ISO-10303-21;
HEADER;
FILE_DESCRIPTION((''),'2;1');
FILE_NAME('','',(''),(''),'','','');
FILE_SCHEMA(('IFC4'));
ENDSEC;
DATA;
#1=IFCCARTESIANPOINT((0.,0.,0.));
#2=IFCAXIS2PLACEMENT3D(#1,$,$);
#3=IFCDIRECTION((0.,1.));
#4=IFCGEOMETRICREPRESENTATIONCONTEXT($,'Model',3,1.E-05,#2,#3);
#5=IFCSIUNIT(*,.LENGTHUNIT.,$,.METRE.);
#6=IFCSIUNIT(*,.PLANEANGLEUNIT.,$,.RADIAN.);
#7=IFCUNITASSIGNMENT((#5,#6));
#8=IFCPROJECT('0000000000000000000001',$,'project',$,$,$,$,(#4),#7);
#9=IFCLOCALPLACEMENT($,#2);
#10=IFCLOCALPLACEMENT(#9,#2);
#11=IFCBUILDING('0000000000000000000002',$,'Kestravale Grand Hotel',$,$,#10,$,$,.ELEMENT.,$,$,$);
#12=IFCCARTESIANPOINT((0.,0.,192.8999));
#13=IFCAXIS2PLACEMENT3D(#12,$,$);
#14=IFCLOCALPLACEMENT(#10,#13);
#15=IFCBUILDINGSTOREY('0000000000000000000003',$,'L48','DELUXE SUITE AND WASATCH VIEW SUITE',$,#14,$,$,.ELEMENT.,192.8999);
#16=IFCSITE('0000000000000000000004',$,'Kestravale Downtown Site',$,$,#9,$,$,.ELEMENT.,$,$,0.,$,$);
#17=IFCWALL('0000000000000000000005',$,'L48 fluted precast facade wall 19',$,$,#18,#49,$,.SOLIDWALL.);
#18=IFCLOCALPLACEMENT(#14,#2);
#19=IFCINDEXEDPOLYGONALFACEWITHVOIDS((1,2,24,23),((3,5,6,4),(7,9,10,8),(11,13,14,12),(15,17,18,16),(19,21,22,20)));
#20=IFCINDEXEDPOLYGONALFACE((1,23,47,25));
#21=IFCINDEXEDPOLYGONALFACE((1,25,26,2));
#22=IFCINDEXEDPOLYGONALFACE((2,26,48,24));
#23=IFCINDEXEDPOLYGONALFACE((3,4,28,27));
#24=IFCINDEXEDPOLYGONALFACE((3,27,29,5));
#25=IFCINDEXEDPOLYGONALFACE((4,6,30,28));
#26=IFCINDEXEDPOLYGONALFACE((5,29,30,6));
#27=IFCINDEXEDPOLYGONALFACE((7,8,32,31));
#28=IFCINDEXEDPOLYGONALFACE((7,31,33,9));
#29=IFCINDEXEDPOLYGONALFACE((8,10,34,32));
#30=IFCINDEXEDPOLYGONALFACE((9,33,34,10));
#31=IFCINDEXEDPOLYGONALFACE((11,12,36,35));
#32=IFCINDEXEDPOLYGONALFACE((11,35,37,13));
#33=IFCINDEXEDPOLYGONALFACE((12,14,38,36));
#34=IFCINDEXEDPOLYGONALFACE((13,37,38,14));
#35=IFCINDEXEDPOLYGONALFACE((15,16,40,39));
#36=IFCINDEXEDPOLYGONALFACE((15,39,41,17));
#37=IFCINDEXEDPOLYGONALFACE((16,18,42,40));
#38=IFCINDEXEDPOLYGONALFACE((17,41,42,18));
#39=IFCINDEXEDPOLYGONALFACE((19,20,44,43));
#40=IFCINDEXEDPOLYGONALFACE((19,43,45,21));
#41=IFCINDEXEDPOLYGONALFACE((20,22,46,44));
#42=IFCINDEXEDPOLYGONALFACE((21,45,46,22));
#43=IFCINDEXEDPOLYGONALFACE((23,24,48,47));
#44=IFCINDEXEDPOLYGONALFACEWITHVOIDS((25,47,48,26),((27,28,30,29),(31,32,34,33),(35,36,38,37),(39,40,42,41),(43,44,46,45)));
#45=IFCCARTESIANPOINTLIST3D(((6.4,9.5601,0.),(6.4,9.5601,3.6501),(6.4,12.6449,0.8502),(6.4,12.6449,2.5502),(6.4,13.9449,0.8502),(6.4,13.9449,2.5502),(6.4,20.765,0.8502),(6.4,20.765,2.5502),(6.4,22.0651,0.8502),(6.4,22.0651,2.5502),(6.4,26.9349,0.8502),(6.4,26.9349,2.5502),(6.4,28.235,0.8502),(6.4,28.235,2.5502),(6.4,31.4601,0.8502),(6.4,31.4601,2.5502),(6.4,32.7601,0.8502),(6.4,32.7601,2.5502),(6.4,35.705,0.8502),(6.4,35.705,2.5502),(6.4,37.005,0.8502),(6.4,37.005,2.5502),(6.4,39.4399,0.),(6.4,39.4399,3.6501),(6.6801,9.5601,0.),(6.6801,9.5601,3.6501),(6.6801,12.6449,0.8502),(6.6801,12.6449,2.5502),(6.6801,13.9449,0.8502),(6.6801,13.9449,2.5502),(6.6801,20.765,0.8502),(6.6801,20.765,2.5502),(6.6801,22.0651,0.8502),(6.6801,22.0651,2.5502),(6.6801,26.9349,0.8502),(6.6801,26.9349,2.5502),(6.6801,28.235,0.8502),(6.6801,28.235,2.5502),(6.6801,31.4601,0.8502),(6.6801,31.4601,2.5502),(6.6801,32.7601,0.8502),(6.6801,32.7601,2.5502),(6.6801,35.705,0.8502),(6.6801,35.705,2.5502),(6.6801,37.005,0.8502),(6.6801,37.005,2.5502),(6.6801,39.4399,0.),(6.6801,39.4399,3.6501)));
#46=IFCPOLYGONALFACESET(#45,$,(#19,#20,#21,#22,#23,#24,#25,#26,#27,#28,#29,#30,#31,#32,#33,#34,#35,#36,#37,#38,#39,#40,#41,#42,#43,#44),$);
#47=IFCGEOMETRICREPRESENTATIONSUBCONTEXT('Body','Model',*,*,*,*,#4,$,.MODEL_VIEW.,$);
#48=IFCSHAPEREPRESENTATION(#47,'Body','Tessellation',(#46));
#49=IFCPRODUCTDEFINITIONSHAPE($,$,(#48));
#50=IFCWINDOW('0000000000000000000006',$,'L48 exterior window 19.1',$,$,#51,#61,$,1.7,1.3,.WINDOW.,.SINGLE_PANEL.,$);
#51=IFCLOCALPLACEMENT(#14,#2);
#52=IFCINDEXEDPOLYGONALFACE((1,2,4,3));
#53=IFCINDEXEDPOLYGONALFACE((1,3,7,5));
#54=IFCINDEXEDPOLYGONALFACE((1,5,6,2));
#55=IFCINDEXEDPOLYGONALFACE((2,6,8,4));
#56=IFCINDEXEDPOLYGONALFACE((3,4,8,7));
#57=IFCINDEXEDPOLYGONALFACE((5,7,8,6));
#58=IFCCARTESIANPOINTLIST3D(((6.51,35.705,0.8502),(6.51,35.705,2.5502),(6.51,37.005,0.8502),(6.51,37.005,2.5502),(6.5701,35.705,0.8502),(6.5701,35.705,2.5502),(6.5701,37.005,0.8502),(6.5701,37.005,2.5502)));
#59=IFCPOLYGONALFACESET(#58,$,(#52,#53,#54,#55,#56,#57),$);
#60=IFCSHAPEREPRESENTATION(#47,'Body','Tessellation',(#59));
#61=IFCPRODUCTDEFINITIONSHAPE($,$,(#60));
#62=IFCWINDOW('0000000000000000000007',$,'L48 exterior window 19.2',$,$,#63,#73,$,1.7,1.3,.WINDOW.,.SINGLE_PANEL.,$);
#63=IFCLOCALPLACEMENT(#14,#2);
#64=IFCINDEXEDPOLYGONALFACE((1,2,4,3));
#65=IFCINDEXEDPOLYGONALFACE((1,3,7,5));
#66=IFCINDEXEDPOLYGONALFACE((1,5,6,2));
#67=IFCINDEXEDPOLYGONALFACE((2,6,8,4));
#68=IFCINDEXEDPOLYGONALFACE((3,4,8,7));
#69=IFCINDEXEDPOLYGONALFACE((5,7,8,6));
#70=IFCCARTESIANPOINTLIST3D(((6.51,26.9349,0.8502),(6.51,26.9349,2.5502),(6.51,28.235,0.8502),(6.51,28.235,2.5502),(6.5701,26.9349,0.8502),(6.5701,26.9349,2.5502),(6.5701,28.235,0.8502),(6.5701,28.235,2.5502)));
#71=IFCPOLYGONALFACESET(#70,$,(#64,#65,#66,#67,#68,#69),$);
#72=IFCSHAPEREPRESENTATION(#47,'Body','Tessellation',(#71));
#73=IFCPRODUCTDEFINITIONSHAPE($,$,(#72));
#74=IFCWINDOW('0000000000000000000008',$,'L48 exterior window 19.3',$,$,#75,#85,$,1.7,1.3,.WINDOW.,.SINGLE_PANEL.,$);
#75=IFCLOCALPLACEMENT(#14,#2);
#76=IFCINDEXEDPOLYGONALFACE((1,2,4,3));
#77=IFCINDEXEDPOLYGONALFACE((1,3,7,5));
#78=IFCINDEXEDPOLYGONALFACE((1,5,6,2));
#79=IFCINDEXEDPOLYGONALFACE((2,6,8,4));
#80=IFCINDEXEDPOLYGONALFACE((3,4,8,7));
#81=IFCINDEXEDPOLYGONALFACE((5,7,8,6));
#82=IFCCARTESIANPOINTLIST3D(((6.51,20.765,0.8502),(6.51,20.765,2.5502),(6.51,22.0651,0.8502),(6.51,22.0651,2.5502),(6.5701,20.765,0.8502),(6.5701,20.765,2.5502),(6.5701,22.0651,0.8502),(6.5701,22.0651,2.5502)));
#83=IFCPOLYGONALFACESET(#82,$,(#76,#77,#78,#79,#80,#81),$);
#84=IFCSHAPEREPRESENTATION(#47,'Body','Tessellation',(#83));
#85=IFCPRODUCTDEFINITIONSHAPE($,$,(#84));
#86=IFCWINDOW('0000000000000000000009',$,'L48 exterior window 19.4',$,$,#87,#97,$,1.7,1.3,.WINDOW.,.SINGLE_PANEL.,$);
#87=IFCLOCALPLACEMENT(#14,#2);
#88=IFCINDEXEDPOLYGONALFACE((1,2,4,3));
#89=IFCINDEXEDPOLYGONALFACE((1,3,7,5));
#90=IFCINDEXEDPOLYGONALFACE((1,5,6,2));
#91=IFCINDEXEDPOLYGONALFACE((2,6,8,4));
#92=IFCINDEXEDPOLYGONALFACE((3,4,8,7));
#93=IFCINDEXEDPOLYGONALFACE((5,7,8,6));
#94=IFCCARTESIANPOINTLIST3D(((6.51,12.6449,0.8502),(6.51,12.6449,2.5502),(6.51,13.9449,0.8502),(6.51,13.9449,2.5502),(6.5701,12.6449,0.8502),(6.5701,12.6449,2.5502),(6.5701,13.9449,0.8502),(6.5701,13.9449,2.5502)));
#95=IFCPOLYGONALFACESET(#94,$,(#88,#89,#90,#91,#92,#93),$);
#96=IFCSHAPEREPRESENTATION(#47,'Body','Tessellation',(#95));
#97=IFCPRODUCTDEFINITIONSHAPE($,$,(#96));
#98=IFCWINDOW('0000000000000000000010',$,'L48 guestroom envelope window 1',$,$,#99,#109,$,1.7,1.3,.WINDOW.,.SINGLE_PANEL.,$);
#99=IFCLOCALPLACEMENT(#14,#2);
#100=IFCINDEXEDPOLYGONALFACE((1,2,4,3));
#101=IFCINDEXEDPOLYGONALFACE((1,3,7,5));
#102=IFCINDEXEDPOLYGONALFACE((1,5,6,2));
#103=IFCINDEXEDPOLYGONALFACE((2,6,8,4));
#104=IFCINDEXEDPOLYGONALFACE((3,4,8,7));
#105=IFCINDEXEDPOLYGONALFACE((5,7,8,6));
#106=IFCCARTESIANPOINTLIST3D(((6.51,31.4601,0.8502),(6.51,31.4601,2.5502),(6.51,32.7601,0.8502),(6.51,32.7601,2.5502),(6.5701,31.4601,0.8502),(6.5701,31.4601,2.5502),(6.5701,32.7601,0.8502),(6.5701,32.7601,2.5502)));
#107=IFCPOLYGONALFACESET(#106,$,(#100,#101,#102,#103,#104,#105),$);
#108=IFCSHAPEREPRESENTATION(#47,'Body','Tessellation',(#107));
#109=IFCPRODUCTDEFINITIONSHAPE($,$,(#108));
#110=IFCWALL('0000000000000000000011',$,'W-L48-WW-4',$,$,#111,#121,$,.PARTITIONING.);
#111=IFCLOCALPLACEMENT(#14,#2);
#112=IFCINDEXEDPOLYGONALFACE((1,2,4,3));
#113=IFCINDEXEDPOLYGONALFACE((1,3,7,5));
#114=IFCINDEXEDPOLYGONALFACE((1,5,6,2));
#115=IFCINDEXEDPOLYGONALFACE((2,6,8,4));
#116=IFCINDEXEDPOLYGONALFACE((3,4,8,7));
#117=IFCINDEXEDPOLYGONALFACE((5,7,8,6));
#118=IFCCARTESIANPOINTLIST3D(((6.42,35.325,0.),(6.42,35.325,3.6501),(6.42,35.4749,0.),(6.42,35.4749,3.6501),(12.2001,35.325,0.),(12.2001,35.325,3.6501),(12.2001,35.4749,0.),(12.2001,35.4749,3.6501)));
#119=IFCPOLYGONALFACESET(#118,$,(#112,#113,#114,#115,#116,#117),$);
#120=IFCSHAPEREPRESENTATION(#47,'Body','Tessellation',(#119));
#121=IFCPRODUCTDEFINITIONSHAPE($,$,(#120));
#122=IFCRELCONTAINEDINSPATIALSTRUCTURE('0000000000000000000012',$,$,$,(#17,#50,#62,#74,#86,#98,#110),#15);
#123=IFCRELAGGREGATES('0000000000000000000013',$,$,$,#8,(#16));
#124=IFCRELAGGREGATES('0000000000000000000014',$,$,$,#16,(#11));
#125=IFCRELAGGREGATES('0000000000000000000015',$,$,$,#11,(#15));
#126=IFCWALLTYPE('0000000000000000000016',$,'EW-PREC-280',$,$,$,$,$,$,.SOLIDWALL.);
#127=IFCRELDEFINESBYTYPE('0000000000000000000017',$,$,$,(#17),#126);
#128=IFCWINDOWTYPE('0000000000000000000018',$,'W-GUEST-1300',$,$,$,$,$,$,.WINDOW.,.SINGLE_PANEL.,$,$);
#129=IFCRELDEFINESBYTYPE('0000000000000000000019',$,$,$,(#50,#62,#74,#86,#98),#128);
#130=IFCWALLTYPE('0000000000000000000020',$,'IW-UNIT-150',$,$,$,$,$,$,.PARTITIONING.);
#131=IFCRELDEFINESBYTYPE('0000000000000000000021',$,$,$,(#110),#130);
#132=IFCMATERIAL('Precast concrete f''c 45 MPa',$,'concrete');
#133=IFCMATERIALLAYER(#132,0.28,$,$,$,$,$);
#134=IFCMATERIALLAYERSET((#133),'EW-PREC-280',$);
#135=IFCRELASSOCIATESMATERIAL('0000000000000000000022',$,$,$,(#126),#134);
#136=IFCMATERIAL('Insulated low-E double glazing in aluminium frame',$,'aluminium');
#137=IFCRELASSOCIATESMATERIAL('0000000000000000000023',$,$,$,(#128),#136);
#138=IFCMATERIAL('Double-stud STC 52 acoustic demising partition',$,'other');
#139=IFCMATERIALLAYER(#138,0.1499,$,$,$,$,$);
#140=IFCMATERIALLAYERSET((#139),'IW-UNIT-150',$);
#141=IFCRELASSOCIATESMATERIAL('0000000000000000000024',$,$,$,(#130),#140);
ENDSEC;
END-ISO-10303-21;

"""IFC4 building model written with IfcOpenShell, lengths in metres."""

from ifc_helpers import new_model, si_unit, direction, frame, frame_2d, origin, place, context, subcontext, project, spatial, rectangle, extrude, material, layer, layer_set, type_object, element, fill, save


model = new_model("IFC4")

# Units and contexts
model_context = context("Model", 3, precision=1e-05, world=origin(), true_north=direction((0.0, 1.0)))
body_context = subcontext(model_context, "Body", "Model", "MODEL_VIEW")
ifc_project = project(units=[si_unit("LENGTHUNIT", "METRE"), si_unit("PLANEANGLEUNIT", "RADIAN")], contexts=[model_context])

# Site, building, storey
site_placement = place(None, origin())
site = spatial("IfcSite", under=ifc_project, at=site_placement, Name="Kestravale Downtown Site", CompositionType="ELEMENT", RefElevation=0.0)
building_placement = place(site_placement, origin())
building = spatial("IfcBuilding", under=site, at=building_placement, Name="Kestravale Grand Hotel", CompositionType="ELEMENT")
storey_placement = place(building_placement, frame((0.0, 0.0, 192.8999)))
storey = spatial("IfcBuildingStorey", under=building, at=storey_placement, Name="L48", Description="DELUXE SUITE AND WASATCH VIEW SUITE", CompositionType="ELEMENT", Elevation=192.8999)

# Wall, openings, windows
ifc_material_1 = material(Name="Precast concrete f'c 45 MPa", Category="concrete")
ifc_layer_1 = layer(ifc_material_1, 0.28)
ifc_layer_set_1 = layer_set([ifc_layer_1], Name="EW-PREC-280")
wall_type_1 = type_object("IfcWallType", Name="EW-PREC-280", PredefinedType="SOLIDWALL", material=ifc_layer_set_1)
wall_1_placement = place(storey_placement, frame((6.54, 39.4399, 0.0), z_axis=(0.0, 0.0, 1.0), x_axis=(0.0, -1.0, 0.0)))
wall_1 = element("IfcWall", 1, at=wall_1_placement, inside=storey, type_object=wall_type_1, Name="L48 fluted precast facade wall 19", PredefinedType="SOLIDWALL", context=body_context, shape_type="SweptSolid", body=[
    extrude(rectangle(XDim=29.8799, YDim=0.28, at=frame_2d((14.9399, 0.0))), origin(), (0.0, 0.0, 1.0), 3.6501),
])
opening_1_placement = place(wall_1_placement, frame((2.4351, 0.0, 0.8501)))
opening_1 = element("IfcOpeningElement", 2, at=opening_1_placement, cuts=wall_1, PredefinedType="OPENING", context=body_context, shape_type="SweptSolid", body=[
    extrude(rectangle(XDim=1.3, YDim=1.7, at=frame_2d((0.6499, 0.8501))), frame((0.0, 0.1499, 0.0), z_axis=(0.0, -1.0, 0.0), x_axis=(1.0, 0.0, 0.0)), (0.0, 0.0, 1.0), 0.3),
])
opening_2_placement = place(wall_1_placement, frame((11.2051, 0.0, 0.8501)))
opening_2 = element("IfcOpeningElement", 3, at=opening_2_placement, cuts=wall_1, PredefinedType="OPENING", context=body_context, shape_type="SweptSolid", body=[
    extrude(rectangle(XDim=1.3, YDim=1.7, at=frame_2d((0.6499, 0.8501))), frame((0.0, 0.1499, 0.0), z_axis=(0.0, -1.0, 0.0), x_axis=(1.0, 0.0, 0.0)), (0.0, 0.0, 1.0), 0.3),
])
opening_3_placement = place(wall_1_placement, frame((17.375, 0.0, 0.8501)))
opening_3 = element("IfcOpeningElement", 4, at=opening_3_placement, cuts=wall_1, PredefinedType="OPENING", context=body_context, shape_type="SweptSolid", body=[
    extrude(rectangle(XDim=1.3, YDim=1.7, at=frame_2d((0.6499, 0.8501))), frame((0.0, 0.1499, 0.0), z_axis=(0.0, -1.0, 0.0), x_axis=(1.0, 0.0, 0.0)), (0.0, 0.0, 1.0), 0.3),
])
opening_4_placement = place(wall_1_placement, frame((25.4951, 0.0, 0.8501)))
opening_4 = element("IfcOpeningElement", 5, at=opening_4_placement, cuts=wall_1, PredefinedType="OPENING", context=body_context, shape_type="SweptSolid", body=[
    extrude(rectangle(XDim=1.3, YDim=1.7, at=frame_2d((0.6499, 0.8501))), frame((0.0, 0.1499, 0.0), z_axis=(0.0, -1.0, 0.0), x_axis=(1.0, 0.0, 0.0)), (0.0, 0.0, 1.0), 0.3),
])
opening_5_placement = place(wall_1_placement, frame((6.6799, 0.0, 0.8501)))
opening_5 = element("IfcOpeningElement", 6, at=opening_5_placement, cuts=wall_1, PredefinedType="OPENING", context=body_context, shape_type="SweptSolid", body=[
    extrude(rectangle(XDim=1.3, YDim=1.7, at=frame_2d((0.6499, 0.8501))), frame((0.0, 0.1499, 0.0), z_axis=(0.0, -1.0, 0.0), x_axis=(1.0, 0.0, 0.0)), (0.0, 0.0, 1.0), 0.3),
])
ifc_material_2 = material(Name="Insulated low-E double glazing in aluminium frame", Category="aluminium")
window_type = type_object("IfcWindowType", Name="W-GUEST-1300", PartitioningType="SINGLE_PANEL", PredefinedType="WINDOW", material=ifc_material_2)
window_1_placement = place(opening_1_placement, origin())
window_1 = element("IfcWindow", 7, at=window_1_placement, inside=storey, type_object=window_type, Name="L48 exterior window 19.1", OverallHeight=1.7, OverallWidth=1.3, PartitioningType="SINGLE_PANEL", PredefinedType="WINDOW", context=body_context, shape_type="SweptSolid", body=[
    extrude(rectangle(XDim=1.3, YDim=1.7, at=frame_2d((0.6499, 0.8501))), frame((0.0, 0.03, 0.0), z_axis=(0.0, -1.0, 0.0), x_axis=(1.0, 0.0, 0.0)), (0.0, 0.0, 1.0), 0.0601),
])
fill(opening_1, window_1)
window_2_placement = place(opening_2_placement, origin())
window_2 = element("IfcWindow", 8, at=window_2_placement, inside=storey, type_object=window_type, Name="L48 exterior window 19.2", OverallHeight=1.7, OverallWidth=1.3, PartitioningType="SINGLE_PANEL", PredefinedType="WINDOW", context=body_context, shape_type="SweptSolid", body=[
    extrude(rectangle(XDim=1.3, YDim=1.7, at=frame_2d((0.6499, 0.8501))), frame((0.0, 0.03, 0.0), z_axis=(0.0, -1.0, 0.0), x_axis=(1.0, 0.0, 0.0)), (0.0, 0.0, 1.0), 0.0601),
])
fill(opening_2, window_2)
window_3_placement = place(opening_3_placement, origin())
window_3 = element("IfcWindow", 9, at=window_3_placement, inside=storey, type_object=window_type, Name="L48 exterior window 19.3", OverallHeight=1.7, OverallWidth=1.3, PartitioningType="SINGLE_PANEL", PredefinedType="WINDOW", context=body_context, shape_type="SweptSolid", body=[
    extrude(rectangle(XDim=1.3, YDim=1.7, at=frame_2d((0.6499, 0.8501))), frame((0.0, 0.03, 0.0), z_axis=(0.0, -1.0, 0.0), x_axis=(1.0, 0.0, 0.0)), (0.0, 0.0, 1.0), 0.0601),
])
fill(opening_3, window_3)
window_4_placement = place(opening_4_placement, origin())
window_4 = element("IfcWindow", 10, at=window_4_placement, inside=storey, type_object=window_type, Name="L48 exterior window 19.4", OverallHeight=1.7, OverallWidth=1.3, PartitioningType="SINGLE_PANEL", PredefinedType="WINDOW", context=body_context, shape_type="SweptSolid", body=[
    extrude(rectangle(XDim=1.3, YDim=1.7, at=frame_2d((0.6499, 0.8501))), frame((0.0, 0.03, 0.0), z_axis=(0.0, -1.0, 0.0), x_axis=(1.0, 0.0, 0.0)), (0.0, 0.0, 1.0), 0.0601),
])
fill(opening_4, window_4)
window_5_placement = place(opening_5_placement, origin())
window_5 = element("IfcWindow", 11, at=window_5_placement, inside=storey, type_object=window_type, Name="L48 guestroom envelope window 1", OverallHeight=1.7, OverallWidth=1.3, PartitioningType="SINGLE_PANEL", PredefinedType="WINDOW", context=body_context, shape_type="SweptSolid", body=[
    extrude(rectangle(XDim=1.3, YDim=1.7, at=frame_2d((0.6499, 0.8501))), frame((0.0, 0.03, 0.0), z_axis=(0.0, -1.0, 0.0), x_axis=(1.0, 0.0, 0.0)), (0.0, 0.0, 1.0), 0.0601),
])
fill(opening_5, window_5)

# Wall
ifc_material_3 = material(Name="Double-stud STC 52 acoustic demising partition", Category="other")
ifc_layer_2 = layer(ifc_material_3, 0.1499)
ifc_layer_set_2 = layer_set([ifc_layer_2], Name="IW-UNIT-150")
wall_type_2 = type_object("IfcWallType", Name="IW-UNIT-150", PredefinedType="PARTITIONING", material=ifc_layer_set_2)
wall_2_placement = place(storey_placement, frame((6.4199, 35.3999, 0.0), z_axis=(0.0, 0.0, 1.0), x_axis=(1.0, 0.0, 0.0)))
element("IfcWall", 12, at=wall_2_placement, inside=storey, type_object=wall_type_2, Name="W-L48-WW-4", PredefinedType="PARTITIONING", context=body_context, shape_type="SweptSolid", body=[
    extrude(rectangle(XDim=5.78, YDim=0.1499, at=frame_2d((2.8901, 0.0))), origin(), (0.0, 0.0, 1.0), 3.6501),
])

save(model, "model.ifc")
